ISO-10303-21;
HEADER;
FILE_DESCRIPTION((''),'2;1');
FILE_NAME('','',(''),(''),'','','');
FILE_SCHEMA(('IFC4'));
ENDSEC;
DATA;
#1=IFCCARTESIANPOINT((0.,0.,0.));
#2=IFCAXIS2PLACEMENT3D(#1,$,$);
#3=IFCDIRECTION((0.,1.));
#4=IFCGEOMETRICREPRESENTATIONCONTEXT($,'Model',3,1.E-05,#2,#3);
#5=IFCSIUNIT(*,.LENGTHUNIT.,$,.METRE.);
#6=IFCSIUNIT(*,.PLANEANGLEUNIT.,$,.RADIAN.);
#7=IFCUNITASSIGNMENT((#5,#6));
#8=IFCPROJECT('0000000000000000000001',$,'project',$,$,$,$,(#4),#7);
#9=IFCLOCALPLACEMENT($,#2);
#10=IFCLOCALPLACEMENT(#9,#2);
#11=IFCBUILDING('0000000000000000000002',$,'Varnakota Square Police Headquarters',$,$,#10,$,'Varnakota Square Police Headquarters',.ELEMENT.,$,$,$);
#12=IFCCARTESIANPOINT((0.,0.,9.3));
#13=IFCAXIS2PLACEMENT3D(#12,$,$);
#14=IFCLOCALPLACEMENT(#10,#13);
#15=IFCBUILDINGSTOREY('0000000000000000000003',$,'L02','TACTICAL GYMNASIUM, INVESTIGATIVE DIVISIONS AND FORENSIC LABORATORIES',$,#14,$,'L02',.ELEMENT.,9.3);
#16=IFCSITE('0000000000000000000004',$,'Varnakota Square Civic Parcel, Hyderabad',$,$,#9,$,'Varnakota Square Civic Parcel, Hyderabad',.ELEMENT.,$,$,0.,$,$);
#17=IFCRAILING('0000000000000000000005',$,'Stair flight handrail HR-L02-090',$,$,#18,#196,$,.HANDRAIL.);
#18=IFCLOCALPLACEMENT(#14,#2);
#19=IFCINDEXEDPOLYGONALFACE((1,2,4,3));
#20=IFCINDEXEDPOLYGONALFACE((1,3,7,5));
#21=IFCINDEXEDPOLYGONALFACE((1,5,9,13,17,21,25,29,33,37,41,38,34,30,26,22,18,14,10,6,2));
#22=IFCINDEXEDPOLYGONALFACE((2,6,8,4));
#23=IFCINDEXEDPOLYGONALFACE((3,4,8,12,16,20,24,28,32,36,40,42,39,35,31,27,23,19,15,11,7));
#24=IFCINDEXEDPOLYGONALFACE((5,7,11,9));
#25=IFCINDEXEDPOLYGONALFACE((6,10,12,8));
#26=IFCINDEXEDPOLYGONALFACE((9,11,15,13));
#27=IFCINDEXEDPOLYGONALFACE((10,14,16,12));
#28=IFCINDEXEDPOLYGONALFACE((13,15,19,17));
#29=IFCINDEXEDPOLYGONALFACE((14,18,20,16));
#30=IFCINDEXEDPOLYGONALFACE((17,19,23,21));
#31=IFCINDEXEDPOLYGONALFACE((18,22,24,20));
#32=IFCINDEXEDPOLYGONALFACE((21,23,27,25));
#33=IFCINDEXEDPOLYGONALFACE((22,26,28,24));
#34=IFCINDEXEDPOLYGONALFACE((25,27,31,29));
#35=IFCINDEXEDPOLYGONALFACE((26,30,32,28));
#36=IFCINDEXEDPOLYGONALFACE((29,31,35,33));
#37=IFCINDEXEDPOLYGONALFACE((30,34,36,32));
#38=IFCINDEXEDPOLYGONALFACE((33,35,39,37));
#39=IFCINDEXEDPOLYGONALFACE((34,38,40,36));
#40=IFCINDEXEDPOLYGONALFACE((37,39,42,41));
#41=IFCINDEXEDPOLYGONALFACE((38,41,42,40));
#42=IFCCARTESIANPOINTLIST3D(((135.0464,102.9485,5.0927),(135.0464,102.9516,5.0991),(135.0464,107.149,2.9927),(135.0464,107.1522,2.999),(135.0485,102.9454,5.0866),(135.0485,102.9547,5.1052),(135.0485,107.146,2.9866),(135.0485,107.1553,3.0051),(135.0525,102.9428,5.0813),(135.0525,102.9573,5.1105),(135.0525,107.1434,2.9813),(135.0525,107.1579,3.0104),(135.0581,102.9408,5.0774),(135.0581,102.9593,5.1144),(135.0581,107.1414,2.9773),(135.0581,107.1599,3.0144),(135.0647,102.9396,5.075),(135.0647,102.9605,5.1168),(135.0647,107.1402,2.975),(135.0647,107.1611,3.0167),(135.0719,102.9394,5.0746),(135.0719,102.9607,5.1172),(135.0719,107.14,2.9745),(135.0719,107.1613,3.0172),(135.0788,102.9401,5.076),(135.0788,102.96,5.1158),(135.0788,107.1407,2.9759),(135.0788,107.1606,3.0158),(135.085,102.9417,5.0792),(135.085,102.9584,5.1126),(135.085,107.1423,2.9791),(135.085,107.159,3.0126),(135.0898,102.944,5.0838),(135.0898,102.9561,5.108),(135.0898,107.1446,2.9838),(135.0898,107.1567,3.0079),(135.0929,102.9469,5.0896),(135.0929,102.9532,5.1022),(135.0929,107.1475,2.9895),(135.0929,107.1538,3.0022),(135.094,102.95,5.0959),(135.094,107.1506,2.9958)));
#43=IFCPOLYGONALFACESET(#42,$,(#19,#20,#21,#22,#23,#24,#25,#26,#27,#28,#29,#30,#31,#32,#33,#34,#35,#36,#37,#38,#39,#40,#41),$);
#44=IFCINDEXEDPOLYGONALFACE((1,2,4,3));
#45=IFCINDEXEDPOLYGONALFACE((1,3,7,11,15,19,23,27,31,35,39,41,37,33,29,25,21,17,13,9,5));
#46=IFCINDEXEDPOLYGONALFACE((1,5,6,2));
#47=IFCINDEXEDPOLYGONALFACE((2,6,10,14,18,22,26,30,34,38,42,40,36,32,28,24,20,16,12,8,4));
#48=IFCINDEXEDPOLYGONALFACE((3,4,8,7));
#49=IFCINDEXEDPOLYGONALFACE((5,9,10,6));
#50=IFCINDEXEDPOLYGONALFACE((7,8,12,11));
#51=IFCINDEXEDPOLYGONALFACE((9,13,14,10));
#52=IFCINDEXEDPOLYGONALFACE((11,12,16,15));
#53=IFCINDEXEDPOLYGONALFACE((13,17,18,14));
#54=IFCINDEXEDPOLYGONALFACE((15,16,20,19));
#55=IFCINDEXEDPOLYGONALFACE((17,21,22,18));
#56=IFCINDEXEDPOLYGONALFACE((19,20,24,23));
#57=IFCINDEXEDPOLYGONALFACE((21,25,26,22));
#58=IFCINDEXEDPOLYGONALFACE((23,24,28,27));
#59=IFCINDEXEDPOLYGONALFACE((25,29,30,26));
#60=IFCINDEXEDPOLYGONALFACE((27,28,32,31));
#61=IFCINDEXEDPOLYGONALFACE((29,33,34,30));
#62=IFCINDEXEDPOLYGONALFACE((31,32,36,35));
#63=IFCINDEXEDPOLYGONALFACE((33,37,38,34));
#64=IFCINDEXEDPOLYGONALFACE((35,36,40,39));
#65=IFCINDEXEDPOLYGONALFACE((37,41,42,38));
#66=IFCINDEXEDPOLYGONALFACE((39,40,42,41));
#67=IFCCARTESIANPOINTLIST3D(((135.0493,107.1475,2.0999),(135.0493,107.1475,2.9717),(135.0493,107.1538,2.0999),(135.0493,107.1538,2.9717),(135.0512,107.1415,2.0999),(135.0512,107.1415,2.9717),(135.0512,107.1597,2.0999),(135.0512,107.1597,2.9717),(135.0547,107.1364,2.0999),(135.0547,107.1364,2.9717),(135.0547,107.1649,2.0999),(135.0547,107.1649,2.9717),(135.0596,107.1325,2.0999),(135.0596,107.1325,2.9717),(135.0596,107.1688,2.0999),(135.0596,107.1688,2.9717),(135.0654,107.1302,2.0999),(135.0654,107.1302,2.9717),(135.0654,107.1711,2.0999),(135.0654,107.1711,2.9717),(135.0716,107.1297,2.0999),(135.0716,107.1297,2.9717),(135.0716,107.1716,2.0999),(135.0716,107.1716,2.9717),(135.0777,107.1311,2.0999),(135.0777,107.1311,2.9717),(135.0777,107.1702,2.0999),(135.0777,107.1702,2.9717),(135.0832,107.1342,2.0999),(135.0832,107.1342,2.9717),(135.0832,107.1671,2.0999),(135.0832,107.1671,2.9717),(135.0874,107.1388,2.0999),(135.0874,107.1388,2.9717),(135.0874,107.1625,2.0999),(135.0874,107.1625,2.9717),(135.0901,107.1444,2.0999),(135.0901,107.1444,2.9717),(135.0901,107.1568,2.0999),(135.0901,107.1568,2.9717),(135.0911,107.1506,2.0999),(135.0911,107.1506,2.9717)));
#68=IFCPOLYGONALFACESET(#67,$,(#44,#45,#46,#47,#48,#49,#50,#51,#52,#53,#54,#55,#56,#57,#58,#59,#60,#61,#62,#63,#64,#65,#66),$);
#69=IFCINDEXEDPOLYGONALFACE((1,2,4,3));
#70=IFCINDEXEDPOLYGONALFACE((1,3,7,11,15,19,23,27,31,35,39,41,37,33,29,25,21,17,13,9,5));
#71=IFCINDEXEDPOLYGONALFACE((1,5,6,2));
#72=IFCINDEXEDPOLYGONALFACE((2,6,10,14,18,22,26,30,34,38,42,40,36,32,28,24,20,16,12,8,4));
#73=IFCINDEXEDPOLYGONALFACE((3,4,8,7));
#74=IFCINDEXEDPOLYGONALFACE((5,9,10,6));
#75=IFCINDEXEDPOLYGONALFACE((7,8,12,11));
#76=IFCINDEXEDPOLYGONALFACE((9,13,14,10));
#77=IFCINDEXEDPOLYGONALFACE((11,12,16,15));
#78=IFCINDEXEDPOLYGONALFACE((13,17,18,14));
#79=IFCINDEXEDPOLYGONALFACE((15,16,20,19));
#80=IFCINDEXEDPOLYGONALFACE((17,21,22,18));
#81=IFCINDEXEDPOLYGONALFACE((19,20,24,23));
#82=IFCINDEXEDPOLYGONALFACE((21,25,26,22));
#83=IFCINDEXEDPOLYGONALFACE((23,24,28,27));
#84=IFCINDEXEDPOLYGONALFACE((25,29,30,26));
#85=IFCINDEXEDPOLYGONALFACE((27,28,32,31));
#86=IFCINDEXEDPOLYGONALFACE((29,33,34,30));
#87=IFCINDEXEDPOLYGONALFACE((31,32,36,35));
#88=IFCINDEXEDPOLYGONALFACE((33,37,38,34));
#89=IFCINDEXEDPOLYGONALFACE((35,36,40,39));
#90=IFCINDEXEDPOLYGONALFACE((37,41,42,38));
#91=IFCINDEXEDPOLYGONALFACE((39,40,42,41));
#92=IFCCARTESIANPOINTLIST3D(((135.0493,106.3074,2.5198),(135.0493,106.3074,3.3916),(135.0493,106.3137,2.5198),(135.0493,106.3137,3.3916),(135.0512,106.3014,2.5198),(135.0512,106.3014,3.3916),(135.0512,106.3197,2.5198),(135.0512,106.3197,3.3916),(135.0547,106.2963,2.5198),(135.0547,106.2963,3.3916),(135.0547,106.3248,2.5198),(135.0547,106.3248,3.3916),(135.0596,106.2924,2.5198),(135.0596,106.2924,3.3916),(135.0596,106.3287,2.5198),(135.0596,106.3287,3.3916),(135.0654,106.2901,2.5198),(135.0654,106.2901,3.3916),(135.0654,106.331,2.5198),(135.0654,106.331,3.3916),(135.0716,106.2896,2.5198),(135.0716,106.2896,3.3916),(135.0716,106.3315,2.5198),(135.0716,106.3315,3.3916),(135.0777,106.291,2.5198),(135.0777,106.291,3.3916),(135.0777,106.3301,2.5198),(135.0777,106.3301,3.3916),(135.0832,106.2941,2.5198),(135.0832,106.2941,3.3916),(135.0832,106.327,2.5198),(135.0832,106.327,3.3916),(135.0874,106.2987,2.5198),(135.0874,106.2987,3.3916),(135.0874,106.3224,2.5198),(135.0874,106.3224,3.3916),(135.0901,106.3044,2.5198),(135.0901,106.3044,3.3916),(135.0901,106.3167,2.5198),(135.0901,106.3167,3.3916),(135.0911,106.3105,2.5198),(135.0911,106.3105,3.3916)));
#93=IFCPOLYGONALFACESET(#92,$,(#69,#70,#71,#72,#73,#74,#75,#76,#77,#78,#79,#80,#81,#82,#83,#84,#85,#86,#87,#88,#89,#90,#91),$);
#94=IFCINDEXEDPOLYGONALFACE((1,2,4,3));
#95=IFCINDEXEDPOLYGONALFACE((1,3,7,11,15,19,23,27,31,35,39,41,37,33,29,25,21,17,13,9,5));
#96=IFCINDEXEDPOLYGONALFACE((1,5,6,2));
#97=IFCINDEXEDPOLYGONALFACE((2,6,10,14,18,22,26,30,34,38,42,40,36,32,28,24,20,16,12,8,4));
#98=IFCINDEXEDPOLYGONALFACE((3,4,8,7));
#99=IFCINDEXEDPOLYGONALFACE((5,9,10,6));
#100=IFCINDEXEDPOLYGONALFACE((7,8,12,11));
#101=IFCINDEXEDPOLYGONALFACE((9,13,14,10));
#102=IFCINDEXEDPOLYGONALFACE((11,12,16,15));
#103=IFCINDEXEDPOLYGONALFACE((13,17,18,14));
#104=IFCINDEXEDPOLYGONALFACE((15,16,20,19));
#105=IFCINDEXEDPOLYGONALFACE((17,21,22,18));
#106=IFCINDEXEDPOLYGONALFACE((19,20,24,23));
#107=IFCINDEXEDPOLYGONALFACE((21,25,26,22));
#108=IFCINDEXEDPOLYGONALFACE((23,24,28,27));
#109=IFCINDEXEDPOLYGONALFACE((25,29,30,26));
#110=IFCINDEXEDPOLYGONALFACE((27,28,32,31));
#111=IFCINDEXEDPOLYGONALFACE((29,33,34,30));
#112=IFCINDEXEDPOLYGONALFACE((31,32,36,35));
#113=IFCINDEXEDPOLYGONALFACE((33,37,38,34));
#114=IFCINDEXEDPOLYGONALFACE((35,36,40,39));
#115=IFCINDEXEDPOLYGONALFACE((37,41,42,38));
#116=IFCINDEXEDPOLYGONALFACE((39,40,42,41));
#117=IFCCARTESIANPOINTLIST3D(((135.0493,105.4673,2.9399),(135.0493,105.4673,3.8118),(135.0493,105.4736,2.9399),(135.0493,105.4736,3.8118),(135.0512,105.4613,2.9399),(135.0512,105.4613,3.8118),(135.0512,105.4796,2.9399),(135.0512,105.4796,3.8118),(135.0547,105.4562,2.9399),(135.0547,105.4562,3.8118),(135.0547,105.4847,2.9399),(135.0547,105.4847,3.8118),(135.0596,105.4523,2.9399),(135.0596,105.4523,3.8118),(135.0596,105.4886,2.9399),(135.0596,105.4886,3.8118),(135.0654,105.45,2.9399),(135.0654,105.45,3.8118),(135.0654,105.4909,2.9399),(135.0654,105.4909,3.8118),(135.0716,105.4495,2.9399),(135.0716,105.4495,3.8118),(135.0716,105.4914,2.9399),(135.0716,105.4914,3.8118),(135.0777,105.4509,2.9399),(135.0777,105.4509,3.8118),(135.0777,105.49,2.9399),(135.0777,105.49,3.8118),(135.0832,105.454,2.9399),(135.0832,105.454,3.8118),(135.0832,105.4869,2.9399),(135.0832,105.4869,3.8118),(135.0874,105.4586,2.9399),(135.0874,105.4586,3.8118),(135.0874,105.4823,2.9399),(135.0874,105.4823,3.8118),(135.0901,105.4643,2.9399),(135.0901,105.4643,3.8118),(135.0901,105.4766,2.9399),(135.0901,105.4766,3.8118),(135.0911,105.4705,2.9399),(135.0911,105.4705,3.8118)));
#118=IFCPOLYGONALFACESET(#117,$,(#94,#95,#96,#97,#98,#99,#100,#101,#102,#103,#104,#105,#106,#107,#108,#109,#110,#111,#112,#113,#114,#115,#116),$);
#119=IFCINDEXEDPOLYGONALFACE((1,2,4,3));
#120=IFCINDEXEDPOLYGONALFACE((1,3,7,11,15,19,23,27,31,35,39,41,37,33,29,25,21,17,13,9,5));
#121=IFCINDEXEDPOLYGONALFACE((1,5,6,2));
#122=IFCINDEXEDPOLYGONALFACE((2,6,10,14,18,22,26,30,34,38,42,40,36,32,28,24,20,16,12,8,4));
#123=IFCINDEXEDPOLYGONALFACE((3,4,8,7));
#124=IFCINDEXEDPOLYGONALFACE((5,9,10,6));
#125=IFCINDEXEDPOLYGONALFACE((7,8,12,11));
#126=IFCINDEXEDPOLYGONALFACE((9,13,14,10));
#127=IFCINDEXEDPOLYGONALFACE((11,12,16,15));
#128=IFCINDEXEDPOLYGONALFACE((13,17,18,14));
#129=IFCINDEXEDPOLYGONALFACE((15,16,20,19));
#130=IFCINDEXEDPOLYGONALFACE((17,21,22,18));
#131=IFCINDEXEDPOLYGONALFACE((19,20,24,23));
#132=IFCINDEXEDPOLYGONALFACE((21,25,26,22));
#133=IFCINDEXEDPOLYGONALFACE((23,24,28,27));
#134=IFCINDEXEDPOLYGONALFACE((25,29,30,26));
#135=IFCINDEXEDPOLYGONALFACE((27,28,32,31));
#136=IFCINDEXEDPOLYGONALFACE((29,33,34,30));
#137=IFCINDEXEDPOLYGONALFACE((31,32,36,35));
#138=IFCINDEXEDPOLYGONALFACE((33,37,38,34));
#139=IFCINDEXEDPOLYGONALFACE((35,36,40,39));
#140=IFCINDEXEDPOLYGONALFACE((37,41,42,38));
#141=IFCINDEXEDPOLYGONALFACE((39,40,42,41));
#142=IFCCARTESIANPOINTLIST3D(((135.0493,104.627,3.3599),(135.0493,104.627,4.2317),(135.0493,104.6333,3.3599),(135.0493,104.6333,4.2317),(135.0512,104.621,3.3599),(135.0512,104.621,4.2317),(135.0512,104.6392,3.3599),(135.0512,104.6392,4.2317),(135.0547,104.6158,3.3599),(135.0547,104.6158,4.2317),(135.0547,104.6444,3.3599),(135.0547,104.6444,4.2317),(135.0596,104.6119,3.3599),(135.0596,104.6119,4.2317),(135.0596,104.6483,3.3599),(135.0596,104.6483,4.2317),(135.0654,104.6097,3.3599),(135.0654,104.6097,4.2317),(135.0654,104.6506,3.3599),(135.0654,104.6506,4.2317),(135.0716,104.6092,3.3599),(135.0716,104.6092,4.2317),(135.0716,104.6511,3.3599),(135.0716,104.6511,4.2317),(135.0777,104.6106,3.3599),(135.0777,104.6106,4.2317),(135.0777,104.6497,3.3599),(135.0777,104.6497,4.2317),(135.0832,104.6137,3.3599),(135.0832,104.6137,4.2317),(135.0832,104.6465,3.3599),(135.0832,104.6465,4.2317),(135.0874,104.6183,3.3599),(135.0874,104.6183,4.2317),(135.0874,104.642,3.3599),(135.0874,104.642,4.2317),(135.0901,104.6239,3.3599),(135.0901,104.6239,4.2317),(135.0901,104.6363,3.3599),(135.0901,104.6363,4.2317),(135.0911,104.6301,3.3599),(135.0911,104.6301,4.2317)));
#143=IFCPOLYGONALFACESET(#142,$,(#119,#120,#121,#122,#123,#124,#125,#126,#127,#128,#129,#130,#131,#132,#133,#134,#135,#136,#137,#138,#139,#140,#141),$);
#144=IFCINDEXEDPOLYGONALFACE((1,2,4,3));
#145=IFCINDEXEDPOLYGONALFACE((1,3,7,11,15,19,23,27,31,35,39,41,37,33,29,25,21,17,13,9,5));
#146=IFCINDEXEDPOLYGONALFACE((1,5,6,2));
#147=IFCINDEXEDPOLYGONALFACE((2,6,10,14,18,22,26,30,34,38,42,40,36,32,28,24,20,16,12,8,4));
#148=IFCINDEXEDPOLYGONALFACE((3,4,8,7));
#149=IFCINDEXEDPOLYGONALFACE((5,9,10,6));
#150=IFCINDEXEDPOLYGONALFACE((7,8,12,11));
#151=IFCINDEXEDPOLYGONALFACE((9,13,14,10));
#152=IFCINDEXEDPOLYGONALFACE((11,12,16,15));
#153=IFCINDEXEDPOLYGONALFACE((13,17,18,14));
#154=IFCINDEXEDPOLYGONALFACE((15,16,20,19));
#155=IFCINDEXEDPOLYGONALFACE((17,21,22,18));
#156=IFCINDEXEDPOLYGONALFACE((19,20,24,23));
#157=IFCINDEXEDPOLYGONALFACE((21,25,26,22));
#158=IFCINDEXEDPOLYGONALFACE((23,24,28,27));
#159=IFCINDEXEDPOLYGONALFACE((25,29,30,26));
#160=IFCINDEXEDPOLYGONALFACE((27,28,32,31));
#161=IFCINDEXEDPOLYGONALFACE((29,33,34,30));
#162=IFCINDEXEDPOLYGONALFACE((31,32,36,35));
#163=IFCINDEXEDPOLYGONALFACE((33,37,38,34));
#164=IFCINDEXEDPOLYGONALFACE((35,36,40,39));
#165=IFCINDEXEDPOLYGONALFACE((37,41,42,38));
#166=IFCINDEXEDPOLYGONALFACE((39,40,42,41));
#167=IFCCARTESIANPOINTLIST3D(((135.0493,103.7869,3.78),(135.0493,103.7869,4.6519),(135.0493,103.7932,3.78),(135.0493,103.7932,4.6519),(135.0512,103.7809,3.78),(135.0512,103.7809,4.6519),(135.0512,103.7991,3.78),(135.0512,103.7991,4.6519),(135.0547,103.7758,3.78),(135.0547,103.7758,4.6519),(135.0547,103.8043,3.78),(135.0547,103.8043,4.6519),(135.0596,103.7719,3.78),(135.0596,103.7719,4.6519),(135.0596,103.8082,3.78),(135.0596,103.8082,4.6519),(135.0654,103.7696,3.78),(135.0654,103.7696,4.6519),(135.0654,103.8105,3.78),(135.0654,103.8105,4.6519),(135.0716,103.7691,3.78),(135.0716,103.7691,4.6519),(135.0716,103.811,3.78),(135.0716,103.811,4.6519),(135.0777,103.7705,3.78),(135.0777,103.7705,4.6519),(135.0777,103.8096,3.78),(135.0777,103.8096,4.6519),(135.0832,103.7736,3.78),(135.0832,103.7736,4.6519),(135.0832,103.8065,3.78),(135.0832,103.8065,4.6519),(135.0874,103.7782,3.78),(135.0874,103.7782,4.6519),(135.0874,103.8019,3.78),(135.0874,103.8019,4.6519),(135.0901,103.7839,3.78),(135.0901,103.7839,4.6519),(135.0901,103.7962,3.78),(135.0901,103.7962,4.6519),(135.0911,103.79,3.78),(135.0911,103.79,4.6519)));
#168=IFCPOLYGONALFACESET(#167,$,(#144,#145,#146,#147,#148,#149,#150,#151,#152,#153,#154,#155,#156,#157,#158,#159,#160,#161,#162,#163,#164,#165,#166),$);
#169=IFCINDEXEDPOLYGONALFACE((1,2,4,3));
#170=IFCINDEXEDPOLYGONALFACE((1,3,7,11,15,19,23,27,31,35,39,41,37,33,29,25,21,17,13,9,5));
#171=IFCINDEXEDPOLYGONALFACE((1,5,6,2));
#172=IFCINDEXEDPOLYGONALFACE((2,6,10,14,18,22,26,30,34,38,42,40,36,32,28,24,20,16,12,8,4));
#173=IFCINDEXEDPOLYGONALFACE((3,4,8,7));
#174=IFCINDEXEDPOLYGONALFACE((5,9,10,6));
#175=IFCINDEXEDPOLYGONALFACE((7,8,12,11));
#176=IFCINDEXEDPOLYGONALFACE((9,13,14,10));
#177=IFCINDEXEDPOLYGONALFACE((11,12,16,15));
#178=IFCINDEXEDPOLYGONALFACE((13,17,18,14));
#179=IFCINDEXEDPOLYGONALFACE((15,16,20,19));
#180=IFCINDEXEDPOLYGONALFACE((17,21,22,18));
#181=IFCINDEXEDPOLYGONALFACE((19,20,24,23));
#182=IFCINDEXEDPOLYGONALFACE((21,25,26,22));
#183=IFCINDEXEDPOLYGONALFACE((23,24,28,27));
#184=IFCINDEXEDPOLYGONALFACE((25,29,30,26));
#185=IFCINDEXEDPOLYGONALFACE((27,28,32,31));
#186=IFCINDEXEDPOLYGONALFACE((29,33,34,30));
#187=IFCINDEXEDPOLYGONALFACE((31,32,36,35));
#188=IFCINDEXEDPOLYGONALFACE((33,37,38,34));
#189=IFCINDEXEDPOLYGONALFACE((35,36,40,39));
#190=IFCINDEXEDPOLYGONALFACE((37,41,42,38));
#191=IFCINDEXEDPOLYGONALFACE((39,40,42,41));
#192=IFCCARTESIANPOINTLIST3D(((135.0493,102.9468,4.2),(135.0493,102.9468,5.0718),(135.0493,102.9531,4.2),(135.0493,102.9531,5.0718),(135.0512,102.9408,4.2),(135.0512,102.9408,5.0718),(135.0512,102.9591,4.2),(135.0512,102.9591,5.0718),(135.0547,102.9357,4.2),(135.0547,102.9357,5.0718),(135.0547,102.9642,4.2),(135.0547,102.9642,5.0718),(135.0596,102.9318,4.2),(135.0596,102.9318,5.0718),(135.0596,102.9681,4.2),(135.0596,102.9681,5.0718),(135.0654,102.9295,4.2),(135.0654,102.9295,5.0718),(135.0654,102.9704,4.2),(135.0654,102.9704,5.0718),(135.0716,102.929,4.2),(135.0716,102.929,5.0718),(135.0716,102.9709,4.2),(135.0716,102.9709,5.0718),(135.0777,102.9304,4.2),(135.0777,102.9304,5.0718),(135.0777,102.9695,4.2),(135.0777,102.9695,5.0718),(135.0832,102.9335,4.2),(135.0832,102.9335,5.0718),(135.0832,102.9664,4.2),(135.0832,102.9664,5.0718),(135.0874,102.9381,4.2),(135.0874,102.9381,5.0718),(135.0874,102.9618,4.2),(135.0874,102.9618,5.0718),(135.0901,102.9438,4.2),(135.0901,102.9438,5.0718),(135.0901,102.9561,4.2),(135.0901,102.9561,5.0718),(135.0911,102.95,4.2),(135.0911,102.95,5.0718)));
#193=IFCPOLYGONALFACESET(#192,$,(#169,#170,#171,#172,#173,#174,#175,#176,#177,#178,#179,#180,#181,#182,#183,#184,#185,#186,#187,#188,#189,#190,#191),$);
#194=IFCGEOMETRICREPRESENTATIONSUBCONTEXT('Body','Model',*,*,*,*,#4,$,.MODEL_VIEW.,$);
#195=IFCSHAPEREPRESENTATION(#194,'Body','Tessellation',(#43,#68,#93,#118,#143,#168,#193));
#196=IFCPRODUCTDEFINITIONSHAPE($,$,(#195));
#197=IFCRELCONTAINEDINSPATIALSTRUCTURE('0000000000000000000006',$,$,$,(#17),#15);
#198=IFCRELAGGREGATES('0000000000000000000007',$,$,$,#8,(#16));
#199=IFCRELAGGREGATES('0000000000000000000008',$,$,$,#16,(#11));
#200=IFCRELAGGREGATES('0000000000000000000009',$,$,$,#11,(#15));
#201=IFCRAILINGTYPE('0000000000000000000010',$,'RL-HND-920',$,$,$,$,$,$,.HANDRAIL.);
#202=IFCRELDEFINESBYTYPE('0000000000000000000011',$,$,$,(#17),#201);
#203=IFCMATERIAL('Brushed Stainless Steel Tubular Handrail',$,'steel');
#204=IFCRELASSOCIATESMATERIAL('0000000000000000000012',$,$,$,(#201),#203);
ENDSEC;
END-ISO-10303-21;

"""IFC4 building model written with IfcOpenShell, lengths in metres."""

from ifc_helpers import new_model, si_unit, direction, frame, origin, origin_2d, place, context, subcontext, project, spatial, circle, extrude, material, type_object, element, save


model = new_model("IFC4")

# Units and contexts
model_context = context("Model", 3, precision=1e-05, world=origin(), true_north=direction((0.0, 1.0)))
body_context = subcontext(model_context, "Body", "Model", "MODEL_VIEW")
ifc_project = project(units=[si_unit("LENGTHUNIT", "METRE"), si_unit("PLANEANGLEUNIT", "RADIAN")], contexts=[model_context])

# Site, building, storey
site_placement = place(None, origin())
site = spatial("IfcSite", under=ifc_project, at=site_placement, Name="Varnakota Square Civic Parcel, Hyderabad", LongName="Varnakota Square Civic Parcel, Hyderabad", CompositionType="ELEMENT", RefElevation=0.0)
building_placement = place(site_placement, origin())
building = spatial("IfcBuilding", under=site, at=building_placement, Name="Varnakota Square Police Headquarters", LongName="Varnakota Square Police Headquarters", CompositionType="ELEMENT")
storey_placement = place(building_placement, frame((0.0, 0.0, 9.3)))
storey = spatial("IfcBuildingStorey", under=building, at=storey_placement, Name="L02", Description="TACTICAL GYMNASIUM, INVESTIGATIVE DIVISIONS AND FORENSIC LABORATORIES", LongName="L02", CompositionType="ELEMENT", Elevation=9.3)

# Railing
ifc_material_1 = material(Name="Brushed Stainless Steel Tubular Handrail", Category="steel")
railing_type_1 = type_object("IfcRailingType", Name="RL-HND-920", PredefinedType="HANDRAIL", material=ifc_material_1)
railing_1_placement = place(storey_placement, frame((135.0701, 107.1506, 2.0999)))
element("IfcRailing", 1, at=railing_1_placement, inside=storey, type_object=railing_type_1, Name="Stair flight handrail HR-L02-090", PredefinedType="HANDRAIL", context=body_context, shape_type="SweptSolid", body=[
    extrude(circle(Radius=0.0239, at=origin_2d()), frame((0.0, 0.0, 0.896), z_axis=(0.0, -0.894448, 0.447172), x_axis=(1.0, 0.0, 0.0)), (0.0, 0.0, 1.0), 4.6963),
    extrude(circle(Radius=0.021, at=origin_2d()), origin(), (0.0, 0.0, 1.0), 0.8718),
    extrude(circle(Radius=0.021, at=origin_2d()), frame((0.0, -0.8401, 0.4199)), (0.0, 0.0, 1.0), 0.8718),
    extrude(circle(Radius=0.021, at=origin_2d()), frame((0.0, -1.6802, 0.8401)), (0.0, 0.0, 1.0), 0.8718),
    extrude(circle(Radius=0.021, at=origin_2d()), frame((0.0, -2.5205, 1.26)), (0.0, 0.0, 1.0), 0.8718),
    extrude(circle(Radius=0.021, at=origin_2d()), frame((0.0, -3.3606, 1.6802)), (0.0, 0.0, 1.0), 0.8718),
    extrude(circle(Radius=0.021, at=origin_2d()), frame((0.0, -4.2007, 2.1001)), (0.0, 0.0, 1.0), 0.8718),
])

save(model, "model.ifc")
